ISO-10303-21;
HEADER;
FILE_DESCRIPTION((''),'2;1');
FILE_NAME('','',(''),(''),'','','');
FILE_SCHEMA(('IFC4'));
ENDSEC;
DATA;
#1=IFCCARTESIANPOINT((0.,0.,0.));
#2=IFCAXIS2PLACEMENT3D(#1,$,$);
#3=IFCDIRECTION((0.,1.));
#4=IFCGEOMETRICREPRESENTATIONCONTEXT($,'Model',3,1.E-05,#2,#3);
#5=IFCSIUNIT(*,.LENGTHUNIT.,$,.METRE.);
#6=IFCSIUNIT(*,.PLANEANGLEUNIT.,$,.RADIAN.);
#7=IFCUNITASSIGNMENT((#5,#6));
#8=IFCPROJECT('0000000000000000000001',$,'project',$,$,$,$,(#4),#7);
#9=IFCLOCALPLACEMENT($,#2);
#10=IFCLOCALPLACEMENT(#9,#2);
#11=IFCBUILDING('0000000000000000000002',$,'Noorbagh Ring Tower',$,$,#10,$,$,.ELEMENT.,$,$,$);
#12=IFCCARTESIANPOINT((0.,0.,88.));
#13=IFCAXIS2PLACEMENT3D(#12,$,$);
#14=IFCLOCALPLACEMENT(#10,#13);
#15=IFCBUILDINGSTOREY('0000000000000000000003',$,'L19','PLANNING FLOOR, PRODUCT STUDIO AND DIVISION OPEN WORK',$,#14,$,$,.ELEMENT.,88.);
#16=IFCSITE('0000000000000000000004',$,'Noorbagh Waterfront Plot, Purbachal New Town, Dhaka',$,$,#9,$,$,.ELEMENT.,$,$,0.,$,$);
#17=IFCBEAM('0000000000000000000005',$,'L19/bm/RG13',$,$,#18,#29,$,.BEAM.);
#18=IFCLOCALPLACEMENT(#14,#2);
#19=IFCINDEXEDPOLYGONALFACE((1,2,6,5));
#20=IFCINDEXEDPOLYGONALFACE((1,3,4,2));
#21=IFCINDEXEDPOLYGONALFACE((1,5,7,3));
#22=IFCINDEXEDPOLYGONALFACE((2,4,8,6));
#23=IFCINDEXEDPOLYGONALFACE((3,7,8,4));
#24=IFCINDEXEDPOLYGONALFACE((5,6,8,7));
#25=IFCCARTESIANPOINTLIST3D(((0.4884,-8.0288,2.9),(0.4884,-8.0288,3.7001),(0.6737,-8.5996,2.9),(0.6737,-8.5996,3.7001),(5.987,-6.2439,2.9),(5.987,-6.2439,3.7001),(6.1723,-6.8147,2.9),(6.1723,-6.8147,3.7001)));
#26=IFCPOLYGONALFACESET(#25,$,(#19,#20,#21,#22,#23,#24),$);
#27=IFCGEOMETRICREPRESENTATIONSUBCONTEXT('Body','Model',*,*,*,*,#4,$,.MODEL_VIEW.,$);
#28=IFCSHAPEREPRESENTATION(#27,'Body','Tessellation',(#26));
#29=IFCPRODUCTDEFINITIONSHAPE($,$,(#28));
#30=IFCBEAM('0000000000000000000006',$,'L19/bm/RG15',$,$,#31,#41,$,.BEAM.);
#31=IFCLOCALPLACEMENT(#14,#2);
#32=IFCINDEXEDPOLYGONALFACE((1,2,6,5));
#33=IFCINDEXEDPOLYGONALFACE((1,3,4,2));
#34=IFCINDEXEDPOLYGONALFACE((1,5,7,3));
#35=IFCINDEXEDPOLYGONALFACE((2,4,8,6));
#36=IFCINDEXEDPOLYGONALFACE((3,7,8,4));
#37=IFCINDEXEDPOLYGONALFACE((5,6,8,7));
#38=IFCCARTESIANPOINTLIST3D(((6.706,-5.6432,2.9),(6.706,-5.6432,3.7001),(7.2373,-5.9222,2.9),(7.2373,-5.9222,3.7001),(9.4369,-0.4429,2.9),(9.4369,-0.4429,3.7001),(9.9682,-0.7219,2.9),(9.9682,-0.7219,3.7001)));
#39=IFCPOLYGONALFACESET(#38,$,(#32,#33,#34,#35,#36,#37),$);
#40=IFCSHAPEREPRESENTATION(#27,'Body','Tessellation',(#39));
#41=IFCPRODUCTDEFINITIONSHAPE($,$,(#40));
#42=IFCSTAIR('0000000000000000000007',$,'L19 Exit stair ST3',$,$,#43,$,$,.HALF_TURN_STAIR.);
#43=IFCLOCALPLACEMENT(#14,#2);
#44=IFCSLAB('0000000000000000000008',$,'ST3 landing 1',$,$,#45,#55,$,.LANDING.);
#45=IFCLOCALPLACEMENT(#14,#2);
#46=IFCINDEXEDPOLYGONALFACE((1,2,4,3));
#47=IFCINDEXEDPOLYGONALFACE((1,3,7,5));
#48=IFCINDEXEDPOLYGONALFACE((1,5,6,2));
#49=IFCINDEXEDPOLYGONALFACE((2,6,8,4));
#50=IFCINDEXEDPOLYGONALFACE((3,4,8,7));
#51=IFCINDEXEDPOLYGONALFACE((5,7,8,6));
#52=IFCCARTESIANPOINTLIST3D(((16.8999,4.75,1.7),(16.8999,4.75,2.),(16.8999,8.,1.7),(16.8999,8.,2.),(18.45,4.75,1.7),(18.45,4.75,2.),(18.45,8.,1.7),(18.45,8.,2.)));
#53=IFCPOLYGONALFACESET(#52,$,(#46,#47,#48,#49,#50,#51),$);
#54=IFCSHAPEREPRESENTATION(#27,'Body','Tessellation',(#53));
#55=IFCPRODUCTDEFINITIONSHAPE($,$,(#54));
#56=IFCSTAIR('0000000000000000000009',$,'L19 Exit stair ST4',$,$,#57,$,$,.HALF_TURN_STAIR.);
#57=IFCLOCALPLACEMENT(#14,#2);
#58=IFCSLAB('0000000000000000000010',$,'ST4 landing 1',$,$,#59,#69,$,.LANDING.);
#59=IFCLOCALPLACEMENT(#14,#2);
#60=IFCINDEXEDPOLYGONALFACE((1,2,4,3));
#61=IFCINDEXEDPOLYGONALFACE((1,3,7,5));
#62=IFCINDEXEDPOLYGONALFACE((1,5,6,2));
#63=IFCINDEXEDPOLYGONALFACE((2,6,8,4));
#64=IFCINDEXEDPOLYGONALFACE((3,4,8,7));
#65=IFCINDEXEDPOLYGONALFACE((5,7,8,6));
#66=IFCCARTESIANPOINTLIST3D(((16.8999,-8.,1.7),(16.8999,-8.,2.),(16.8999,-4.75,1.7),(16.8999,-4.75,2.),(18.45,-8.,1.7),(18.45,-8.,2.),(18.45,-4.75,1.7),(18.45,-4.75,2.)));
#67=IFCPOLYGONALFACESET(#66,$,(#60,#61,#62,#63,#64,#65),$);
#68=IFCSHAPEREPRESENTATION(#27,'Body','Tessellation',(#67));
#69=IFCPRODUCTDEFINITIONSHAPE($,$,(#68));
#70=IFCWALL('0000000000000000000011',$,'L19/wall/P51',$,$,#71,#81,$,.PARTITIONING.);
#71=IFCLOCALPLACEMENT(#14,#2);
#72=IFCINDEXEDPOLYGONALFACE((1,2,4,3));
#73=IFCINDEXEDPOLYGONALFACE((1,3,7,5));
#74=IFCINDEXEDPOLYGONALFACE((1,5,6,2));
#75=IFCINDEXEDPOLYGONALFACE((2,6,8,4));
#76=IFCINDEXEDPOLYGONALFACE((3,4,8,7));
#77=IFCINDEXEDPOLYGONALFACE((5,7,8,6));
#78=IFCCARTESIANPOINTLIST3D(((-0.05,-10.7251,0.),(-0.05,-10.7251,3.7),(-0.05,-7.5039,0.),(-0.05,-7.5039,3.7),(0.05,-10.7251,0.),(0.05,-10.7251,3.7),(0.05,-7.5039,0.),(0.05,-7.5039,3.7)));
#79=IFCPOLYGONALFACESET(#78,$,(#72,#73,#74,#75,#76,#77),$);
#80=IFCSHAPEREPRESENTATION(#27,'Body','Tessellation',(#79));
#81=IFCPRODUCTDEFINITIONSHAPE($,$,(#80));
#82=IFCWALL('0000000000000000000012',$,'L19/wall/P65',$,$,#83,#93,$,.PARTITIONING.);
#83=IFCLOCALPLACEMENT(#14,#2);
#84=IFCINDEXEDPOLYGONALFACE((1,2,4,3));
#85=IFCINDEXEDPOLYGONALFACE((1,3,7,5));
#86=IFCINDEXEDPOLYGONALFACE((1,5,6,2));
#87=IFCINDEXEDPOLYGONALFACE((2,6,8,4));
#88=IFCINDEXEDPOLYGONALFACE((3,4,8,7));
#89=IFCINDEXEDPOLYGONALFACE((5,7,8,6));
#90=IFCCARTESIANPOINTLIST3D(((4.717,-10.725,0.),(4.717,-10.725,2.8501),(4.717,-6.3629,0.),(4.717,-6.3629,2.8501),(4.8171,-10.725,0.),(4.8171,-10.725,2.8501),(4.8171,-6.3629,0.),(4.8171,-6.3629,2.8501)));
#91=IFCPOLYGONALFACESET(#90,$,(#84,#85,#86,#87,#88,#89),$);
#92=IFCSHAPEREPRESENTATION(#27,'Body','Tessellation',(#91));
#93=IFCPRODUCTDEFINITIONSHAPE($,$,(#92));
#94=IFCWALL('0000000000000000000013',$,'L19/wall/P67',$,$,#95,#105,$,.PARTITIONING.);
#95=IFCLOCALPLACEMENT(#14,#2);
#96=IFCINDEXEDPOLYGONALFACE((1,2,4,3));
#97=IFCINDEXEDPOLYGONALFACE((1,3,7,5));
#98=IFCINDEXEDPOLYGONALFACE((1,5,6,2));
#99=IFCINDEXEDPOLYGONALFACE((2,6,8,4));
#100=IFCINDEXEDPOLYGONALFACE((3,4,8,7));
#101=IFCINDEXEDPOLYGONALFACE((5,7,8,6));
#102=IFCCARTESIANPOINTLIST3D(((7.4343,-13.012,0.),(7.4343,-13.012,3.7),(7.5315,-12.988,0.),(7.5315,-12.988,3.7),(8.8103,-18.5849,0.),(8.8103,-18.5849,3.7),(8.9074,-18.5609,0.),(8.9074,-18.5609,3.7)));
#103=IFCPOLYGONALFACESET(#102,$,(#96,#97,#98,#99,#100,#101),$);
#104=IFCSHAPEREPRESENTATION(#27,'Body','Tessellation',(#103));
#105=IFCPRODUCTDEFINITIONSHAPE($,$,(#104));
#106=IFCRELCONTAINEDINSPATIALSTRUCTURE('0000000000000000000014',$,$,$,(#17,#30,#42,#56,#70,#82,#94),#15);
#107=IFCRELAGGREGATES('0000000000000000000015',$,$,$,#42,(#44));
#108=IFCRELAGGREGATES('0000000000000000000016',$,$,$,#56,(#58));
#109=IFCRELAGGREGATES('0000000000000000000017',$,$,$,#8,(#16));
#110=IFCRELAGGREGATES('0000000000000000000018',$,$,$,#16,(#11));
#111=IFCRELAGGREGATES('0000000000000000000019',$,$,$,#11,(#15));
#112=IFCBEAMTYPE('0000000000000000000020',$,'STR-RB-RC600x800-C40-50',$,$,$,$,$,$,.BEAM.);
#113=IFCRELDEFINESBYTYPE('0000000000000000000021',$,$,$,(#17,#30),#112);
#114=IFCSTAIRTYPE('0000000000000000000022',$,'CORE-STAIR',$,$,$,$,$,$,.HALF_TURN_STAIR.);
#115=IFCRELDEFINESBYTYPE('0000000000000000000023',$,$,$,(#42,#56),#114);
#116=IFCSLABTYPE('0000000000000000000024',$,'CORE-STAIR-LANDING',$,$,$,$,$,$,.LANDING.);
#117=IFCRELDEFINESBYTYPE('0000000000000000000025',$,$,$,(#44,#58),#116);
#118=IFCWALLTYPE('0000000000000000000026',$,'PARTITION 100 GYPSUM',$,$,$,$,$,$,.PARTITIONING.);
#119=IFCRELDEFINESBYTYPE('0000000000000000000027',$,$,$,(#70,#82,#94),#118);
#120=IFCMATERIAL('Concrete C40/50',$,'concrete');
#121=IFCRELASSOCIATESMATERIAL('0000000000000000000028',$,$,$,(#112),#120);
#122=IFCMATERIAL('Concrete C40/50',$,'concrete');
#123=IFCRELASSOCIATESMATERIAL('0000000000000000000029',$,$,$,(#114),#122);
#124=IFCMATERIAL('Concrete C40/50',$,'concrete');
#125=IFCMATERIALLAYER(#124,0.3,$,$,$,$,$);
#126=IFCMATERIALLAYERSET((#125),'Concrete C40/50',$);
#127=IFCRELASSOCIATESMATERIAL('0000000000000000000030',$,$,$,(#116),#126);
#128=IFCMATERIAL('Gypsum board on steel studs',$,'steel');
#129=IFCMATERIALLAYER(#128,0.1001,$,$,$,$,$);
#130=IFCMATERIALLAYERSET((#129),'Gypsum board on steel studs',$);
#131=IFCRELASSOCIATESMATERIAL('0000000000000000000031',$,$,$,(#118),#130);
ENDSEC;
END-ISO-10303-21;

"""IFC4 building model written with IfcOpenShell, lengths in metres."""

from ifc_helpers import new_model, si_unit, direction, frame, frame_2d, origin, origin_2d, place, context, subcontext, project, spatial, polyline, rectangle, outline, extrude, material, layer, layer_set, material_profile, profile_set, type_object, element, aggregate, save


model = new_model("IFC4")

# Units and contexts
model_context = context("Model", 3, precision=1e-05, world=origin(), true_north=direction((0.0, 1.0)))
body_context = subcontext(model_context, "Body", "Model", "MODEL_VIEW")
ifc_project = project(units=[si_unit("LENGTHUNIT", "METRE"), si_unit("PLANEANGLEUNIT", "RADIAN")], contexts=[model_context])

# Site, building, storey
site_placement = place(None, origin())
site = spatial("IfcSite", under=ifc_project, at=site_placement, Name="Noorbagh Waterfront Plot, Purbachal New Town, Dhaka", CompositionType="ELEMENT", RefElevation=0.0)
building_placement = place(site_placement, origin())
building = spatial("IfcBuilding", under=site, at=building_placement, Name="Noorbagh Ring Tower", CompositionType="ELEMENT")
storey_placement = place(building_placement, frame((0.0, 0.0, 88.0)))
storey = spatial("IfcBuildingStorey", under=building, at=storey_placement, Name="L19", Description="PLANNING FLOOR, PRODUCT STUDIO AND DIVISION OPEN WORK", CompositionType="ELEMENT", Elevation=88.0)

# Beams
ifc_material_1 = material(Name="Concrete C40/50", Category="concrete")
ifc_material_profile_1 = material_profile(ifc_material_1, rectangle(XDim=0.6001, YDim=0.8, at=origin_2d()), Name="RC600x800")
ifc_profile_set_1 = profile_set([ifc_material_profile_1], Name="Concrete C40/50")
beam_type = type_object("IfcBeamType", Name="STR-RB-RC600x800-C40-50", PredefinedType="BEAM", material=ifc_profile_set_1)
beam_1_placement = place(storey_placement, frame((0.5811, -8.3142, 3.3), z_axis=(0.951141, 0.308756, 0.0), x_axis=(-0.308756, 0.951141, 0.0)))
element("IfcBeam", 1, at=beam_1_placement, inside=storey, type_object=beam_type, Name="L19/bm/RG13", PredefinedType="BEAM", context=body_context, shape_type="SweptSolid", body=[
    extrude(rectangle(XDim=0.6001, YDim=0.8, at=origin_2d()), origin(), (0.0, 0.0, 1.0), 5.781),
])
beam_2_placement = place(storey_placement, frame((6.9717, -5.7827, 3.3), z_axis=(0.464931, 0.885347, 0.0), x_axis=(-0.885347, 0.464931, 0.0)))
element("IfcBeam", 2, at=beam_2_placement, inside=storey, type_object=beam_type, Name="L19/bm/RG15", PredefinedType="BEAM", context=body_context, shape_type="SweptSolid", body=[
    extrude(rectangle(XDim=0.6001, YDim=0.8, at=origin_2d()), origin(), (0.0, 0.0, 1.0), 5.8738),
])

# Stairs, slabs
ifc_material_2 = material(Name="Concrete C40/50", Category="concrete")
stair_type = type_object("IfcStairType", Name="CORE-STAIR", PredefinedType="HALF_TURN_STAIR", material=ifc_material_2)
stair_1_placement = place(storey_placement, origin())
stair_1 = element("IfcStair", 3, at=stair_1_placement, inside=storey, type_object=stair_type, Name="L19 Exit stair ST3", PredefinedType="HALF_TURN_STAIR")
ifc_material_3 = material(Name="Concrete C40/50", Category="concrete")
ifc_layer_1 = layer(ifc_material_3, 0.3)
ifc_layer_set_1 = layer_set([ifc_layer_1], Name="Concrete C40/50")
slab_type = type_object("IfcSlabType", Name="CORE-STAIR-LANDING", PredefinedType="LANDING", material=ifc_layer_set_1)
slab_1_placement = place(storey_placement, frame((0.0, 0.0, 1.7)))
slab_1 = element("IfcSlab", 4, at=slab_1_placement, type_object=slab_type, Name="ST3 landing 1", PredefinedType="LANDING", context=body_context, shape_type="SweptSolid", body=[
    extrude(outline(polyline([(18.45, 8.0), (16.8999, 8.0), (16.8999, 4.75), (18.45, 4.75), (18.45, 8.0)])), origin(), (0.0, 0.0, 1.0), 0.3),
])
aggregate(stair_1, [slab_1])
stair_2_placement = place(storey_placement, origin())
stair_2 = element("IfcStair", 5, at=stair_2_placement, inside=storey, type_object=stair_type, Name="L19 Exit stair ST4", PredefinedType="HALF_TURN_STAIR")
slab_2_placement = place(storey_placement, frame((0.0, 0.0, 1.7)))
slab_2 = element("IfcSlab", 6, at=slab_2_placement, type_object=slab_type, Name="ST4 landing 1", PredefinedType="LANDING", context=body_context, shape_type="SweptSolid", body=[
    extrude(outline(polyline([(18.45, -4.75), (16.8999, -4.75), (16.8999, -8.0), (18.45, -8.0), (18.45, -4.75)])), origin(), (0.0, 0.0, 1.0), 0.3),
])
aggregate(stair_2, [slab_2])

# Walls
ifc_material_4 = material(Name="Gypsum board on steel studs", Category="steel")
ifc_layer_2 = layer(ifc_material_4, 0.1001)
ifc_layer_set_2 = layer_set([ifc_layer_2], Name="Gypsum board on steel studs")
wall_type = type_object("IfcWallType", Name="PARTITION 100 GYPSUM", PredefinedType="PARTITIONING", material=ifc_layer_set_2)
wall_1_placement = place(storey_placement, frame((0.0, -10.7251, 0.0), z_axis=(0.0, 0.0, 1.0), x_axis=(0.0, 1.0, 0.0)))
element("IfcWall", 7, at=wall_1_placement, inside=storey, type_object=wall_type, Name="L19/wall/P51", PredefinedType="PARTITIONING", context=body_context, shape_type="SweptSolid", body=[
    extrude(rectangle(XDim=3.2212, YDim=0.1001, at=frame_2d((1.6106, 0.0))), origin(), (0.0, 0.0, 1.0), 3.7),
])
wall_2_placement = place(storey_placement, frame((4.7671, -10.7251, 0.0), z_axis=(0.0, 0.0, 1.0), x_axis=(0.0, 1.0, 0.0)))
element("IfcWall", 8, at=wall_2_placement, inside=storey, type_object=wall_type, Name="L19/wall/P65", PredefinedType="PARTITIONING", context=body_context, shape_type="SweptSolid", body=[
    extrude(rectangle(XDim=4.3621, YDim=0.1001, at=frame_2d((2.1812, 0.0))), origin(), (0.0, 0.0, 1.0), 2.8501),
])
wall_3_placement = place(storey_placement, frame((7.4829, -13.0, 0.0), z_axis=(0.0, 0.0, 1.0), x_axis=(0.239703, -0.970846, 0.0)))
element("IfcWall", 9, at=wall_3_placement, inside=storey, type_object=wall_type, Name="L19/wall/P67", PredefinedType="PARTITIONING", context=body_context, shape_type="SweptSolid", body=[
    extrude(rectangle(XDim=5.7402, YDim=0.1001, at=frame_2d((2.8701, 0.0))), origin(), (0.0, 0.0, 1.0), 3.7),
])

save(model, "model.ifc")
